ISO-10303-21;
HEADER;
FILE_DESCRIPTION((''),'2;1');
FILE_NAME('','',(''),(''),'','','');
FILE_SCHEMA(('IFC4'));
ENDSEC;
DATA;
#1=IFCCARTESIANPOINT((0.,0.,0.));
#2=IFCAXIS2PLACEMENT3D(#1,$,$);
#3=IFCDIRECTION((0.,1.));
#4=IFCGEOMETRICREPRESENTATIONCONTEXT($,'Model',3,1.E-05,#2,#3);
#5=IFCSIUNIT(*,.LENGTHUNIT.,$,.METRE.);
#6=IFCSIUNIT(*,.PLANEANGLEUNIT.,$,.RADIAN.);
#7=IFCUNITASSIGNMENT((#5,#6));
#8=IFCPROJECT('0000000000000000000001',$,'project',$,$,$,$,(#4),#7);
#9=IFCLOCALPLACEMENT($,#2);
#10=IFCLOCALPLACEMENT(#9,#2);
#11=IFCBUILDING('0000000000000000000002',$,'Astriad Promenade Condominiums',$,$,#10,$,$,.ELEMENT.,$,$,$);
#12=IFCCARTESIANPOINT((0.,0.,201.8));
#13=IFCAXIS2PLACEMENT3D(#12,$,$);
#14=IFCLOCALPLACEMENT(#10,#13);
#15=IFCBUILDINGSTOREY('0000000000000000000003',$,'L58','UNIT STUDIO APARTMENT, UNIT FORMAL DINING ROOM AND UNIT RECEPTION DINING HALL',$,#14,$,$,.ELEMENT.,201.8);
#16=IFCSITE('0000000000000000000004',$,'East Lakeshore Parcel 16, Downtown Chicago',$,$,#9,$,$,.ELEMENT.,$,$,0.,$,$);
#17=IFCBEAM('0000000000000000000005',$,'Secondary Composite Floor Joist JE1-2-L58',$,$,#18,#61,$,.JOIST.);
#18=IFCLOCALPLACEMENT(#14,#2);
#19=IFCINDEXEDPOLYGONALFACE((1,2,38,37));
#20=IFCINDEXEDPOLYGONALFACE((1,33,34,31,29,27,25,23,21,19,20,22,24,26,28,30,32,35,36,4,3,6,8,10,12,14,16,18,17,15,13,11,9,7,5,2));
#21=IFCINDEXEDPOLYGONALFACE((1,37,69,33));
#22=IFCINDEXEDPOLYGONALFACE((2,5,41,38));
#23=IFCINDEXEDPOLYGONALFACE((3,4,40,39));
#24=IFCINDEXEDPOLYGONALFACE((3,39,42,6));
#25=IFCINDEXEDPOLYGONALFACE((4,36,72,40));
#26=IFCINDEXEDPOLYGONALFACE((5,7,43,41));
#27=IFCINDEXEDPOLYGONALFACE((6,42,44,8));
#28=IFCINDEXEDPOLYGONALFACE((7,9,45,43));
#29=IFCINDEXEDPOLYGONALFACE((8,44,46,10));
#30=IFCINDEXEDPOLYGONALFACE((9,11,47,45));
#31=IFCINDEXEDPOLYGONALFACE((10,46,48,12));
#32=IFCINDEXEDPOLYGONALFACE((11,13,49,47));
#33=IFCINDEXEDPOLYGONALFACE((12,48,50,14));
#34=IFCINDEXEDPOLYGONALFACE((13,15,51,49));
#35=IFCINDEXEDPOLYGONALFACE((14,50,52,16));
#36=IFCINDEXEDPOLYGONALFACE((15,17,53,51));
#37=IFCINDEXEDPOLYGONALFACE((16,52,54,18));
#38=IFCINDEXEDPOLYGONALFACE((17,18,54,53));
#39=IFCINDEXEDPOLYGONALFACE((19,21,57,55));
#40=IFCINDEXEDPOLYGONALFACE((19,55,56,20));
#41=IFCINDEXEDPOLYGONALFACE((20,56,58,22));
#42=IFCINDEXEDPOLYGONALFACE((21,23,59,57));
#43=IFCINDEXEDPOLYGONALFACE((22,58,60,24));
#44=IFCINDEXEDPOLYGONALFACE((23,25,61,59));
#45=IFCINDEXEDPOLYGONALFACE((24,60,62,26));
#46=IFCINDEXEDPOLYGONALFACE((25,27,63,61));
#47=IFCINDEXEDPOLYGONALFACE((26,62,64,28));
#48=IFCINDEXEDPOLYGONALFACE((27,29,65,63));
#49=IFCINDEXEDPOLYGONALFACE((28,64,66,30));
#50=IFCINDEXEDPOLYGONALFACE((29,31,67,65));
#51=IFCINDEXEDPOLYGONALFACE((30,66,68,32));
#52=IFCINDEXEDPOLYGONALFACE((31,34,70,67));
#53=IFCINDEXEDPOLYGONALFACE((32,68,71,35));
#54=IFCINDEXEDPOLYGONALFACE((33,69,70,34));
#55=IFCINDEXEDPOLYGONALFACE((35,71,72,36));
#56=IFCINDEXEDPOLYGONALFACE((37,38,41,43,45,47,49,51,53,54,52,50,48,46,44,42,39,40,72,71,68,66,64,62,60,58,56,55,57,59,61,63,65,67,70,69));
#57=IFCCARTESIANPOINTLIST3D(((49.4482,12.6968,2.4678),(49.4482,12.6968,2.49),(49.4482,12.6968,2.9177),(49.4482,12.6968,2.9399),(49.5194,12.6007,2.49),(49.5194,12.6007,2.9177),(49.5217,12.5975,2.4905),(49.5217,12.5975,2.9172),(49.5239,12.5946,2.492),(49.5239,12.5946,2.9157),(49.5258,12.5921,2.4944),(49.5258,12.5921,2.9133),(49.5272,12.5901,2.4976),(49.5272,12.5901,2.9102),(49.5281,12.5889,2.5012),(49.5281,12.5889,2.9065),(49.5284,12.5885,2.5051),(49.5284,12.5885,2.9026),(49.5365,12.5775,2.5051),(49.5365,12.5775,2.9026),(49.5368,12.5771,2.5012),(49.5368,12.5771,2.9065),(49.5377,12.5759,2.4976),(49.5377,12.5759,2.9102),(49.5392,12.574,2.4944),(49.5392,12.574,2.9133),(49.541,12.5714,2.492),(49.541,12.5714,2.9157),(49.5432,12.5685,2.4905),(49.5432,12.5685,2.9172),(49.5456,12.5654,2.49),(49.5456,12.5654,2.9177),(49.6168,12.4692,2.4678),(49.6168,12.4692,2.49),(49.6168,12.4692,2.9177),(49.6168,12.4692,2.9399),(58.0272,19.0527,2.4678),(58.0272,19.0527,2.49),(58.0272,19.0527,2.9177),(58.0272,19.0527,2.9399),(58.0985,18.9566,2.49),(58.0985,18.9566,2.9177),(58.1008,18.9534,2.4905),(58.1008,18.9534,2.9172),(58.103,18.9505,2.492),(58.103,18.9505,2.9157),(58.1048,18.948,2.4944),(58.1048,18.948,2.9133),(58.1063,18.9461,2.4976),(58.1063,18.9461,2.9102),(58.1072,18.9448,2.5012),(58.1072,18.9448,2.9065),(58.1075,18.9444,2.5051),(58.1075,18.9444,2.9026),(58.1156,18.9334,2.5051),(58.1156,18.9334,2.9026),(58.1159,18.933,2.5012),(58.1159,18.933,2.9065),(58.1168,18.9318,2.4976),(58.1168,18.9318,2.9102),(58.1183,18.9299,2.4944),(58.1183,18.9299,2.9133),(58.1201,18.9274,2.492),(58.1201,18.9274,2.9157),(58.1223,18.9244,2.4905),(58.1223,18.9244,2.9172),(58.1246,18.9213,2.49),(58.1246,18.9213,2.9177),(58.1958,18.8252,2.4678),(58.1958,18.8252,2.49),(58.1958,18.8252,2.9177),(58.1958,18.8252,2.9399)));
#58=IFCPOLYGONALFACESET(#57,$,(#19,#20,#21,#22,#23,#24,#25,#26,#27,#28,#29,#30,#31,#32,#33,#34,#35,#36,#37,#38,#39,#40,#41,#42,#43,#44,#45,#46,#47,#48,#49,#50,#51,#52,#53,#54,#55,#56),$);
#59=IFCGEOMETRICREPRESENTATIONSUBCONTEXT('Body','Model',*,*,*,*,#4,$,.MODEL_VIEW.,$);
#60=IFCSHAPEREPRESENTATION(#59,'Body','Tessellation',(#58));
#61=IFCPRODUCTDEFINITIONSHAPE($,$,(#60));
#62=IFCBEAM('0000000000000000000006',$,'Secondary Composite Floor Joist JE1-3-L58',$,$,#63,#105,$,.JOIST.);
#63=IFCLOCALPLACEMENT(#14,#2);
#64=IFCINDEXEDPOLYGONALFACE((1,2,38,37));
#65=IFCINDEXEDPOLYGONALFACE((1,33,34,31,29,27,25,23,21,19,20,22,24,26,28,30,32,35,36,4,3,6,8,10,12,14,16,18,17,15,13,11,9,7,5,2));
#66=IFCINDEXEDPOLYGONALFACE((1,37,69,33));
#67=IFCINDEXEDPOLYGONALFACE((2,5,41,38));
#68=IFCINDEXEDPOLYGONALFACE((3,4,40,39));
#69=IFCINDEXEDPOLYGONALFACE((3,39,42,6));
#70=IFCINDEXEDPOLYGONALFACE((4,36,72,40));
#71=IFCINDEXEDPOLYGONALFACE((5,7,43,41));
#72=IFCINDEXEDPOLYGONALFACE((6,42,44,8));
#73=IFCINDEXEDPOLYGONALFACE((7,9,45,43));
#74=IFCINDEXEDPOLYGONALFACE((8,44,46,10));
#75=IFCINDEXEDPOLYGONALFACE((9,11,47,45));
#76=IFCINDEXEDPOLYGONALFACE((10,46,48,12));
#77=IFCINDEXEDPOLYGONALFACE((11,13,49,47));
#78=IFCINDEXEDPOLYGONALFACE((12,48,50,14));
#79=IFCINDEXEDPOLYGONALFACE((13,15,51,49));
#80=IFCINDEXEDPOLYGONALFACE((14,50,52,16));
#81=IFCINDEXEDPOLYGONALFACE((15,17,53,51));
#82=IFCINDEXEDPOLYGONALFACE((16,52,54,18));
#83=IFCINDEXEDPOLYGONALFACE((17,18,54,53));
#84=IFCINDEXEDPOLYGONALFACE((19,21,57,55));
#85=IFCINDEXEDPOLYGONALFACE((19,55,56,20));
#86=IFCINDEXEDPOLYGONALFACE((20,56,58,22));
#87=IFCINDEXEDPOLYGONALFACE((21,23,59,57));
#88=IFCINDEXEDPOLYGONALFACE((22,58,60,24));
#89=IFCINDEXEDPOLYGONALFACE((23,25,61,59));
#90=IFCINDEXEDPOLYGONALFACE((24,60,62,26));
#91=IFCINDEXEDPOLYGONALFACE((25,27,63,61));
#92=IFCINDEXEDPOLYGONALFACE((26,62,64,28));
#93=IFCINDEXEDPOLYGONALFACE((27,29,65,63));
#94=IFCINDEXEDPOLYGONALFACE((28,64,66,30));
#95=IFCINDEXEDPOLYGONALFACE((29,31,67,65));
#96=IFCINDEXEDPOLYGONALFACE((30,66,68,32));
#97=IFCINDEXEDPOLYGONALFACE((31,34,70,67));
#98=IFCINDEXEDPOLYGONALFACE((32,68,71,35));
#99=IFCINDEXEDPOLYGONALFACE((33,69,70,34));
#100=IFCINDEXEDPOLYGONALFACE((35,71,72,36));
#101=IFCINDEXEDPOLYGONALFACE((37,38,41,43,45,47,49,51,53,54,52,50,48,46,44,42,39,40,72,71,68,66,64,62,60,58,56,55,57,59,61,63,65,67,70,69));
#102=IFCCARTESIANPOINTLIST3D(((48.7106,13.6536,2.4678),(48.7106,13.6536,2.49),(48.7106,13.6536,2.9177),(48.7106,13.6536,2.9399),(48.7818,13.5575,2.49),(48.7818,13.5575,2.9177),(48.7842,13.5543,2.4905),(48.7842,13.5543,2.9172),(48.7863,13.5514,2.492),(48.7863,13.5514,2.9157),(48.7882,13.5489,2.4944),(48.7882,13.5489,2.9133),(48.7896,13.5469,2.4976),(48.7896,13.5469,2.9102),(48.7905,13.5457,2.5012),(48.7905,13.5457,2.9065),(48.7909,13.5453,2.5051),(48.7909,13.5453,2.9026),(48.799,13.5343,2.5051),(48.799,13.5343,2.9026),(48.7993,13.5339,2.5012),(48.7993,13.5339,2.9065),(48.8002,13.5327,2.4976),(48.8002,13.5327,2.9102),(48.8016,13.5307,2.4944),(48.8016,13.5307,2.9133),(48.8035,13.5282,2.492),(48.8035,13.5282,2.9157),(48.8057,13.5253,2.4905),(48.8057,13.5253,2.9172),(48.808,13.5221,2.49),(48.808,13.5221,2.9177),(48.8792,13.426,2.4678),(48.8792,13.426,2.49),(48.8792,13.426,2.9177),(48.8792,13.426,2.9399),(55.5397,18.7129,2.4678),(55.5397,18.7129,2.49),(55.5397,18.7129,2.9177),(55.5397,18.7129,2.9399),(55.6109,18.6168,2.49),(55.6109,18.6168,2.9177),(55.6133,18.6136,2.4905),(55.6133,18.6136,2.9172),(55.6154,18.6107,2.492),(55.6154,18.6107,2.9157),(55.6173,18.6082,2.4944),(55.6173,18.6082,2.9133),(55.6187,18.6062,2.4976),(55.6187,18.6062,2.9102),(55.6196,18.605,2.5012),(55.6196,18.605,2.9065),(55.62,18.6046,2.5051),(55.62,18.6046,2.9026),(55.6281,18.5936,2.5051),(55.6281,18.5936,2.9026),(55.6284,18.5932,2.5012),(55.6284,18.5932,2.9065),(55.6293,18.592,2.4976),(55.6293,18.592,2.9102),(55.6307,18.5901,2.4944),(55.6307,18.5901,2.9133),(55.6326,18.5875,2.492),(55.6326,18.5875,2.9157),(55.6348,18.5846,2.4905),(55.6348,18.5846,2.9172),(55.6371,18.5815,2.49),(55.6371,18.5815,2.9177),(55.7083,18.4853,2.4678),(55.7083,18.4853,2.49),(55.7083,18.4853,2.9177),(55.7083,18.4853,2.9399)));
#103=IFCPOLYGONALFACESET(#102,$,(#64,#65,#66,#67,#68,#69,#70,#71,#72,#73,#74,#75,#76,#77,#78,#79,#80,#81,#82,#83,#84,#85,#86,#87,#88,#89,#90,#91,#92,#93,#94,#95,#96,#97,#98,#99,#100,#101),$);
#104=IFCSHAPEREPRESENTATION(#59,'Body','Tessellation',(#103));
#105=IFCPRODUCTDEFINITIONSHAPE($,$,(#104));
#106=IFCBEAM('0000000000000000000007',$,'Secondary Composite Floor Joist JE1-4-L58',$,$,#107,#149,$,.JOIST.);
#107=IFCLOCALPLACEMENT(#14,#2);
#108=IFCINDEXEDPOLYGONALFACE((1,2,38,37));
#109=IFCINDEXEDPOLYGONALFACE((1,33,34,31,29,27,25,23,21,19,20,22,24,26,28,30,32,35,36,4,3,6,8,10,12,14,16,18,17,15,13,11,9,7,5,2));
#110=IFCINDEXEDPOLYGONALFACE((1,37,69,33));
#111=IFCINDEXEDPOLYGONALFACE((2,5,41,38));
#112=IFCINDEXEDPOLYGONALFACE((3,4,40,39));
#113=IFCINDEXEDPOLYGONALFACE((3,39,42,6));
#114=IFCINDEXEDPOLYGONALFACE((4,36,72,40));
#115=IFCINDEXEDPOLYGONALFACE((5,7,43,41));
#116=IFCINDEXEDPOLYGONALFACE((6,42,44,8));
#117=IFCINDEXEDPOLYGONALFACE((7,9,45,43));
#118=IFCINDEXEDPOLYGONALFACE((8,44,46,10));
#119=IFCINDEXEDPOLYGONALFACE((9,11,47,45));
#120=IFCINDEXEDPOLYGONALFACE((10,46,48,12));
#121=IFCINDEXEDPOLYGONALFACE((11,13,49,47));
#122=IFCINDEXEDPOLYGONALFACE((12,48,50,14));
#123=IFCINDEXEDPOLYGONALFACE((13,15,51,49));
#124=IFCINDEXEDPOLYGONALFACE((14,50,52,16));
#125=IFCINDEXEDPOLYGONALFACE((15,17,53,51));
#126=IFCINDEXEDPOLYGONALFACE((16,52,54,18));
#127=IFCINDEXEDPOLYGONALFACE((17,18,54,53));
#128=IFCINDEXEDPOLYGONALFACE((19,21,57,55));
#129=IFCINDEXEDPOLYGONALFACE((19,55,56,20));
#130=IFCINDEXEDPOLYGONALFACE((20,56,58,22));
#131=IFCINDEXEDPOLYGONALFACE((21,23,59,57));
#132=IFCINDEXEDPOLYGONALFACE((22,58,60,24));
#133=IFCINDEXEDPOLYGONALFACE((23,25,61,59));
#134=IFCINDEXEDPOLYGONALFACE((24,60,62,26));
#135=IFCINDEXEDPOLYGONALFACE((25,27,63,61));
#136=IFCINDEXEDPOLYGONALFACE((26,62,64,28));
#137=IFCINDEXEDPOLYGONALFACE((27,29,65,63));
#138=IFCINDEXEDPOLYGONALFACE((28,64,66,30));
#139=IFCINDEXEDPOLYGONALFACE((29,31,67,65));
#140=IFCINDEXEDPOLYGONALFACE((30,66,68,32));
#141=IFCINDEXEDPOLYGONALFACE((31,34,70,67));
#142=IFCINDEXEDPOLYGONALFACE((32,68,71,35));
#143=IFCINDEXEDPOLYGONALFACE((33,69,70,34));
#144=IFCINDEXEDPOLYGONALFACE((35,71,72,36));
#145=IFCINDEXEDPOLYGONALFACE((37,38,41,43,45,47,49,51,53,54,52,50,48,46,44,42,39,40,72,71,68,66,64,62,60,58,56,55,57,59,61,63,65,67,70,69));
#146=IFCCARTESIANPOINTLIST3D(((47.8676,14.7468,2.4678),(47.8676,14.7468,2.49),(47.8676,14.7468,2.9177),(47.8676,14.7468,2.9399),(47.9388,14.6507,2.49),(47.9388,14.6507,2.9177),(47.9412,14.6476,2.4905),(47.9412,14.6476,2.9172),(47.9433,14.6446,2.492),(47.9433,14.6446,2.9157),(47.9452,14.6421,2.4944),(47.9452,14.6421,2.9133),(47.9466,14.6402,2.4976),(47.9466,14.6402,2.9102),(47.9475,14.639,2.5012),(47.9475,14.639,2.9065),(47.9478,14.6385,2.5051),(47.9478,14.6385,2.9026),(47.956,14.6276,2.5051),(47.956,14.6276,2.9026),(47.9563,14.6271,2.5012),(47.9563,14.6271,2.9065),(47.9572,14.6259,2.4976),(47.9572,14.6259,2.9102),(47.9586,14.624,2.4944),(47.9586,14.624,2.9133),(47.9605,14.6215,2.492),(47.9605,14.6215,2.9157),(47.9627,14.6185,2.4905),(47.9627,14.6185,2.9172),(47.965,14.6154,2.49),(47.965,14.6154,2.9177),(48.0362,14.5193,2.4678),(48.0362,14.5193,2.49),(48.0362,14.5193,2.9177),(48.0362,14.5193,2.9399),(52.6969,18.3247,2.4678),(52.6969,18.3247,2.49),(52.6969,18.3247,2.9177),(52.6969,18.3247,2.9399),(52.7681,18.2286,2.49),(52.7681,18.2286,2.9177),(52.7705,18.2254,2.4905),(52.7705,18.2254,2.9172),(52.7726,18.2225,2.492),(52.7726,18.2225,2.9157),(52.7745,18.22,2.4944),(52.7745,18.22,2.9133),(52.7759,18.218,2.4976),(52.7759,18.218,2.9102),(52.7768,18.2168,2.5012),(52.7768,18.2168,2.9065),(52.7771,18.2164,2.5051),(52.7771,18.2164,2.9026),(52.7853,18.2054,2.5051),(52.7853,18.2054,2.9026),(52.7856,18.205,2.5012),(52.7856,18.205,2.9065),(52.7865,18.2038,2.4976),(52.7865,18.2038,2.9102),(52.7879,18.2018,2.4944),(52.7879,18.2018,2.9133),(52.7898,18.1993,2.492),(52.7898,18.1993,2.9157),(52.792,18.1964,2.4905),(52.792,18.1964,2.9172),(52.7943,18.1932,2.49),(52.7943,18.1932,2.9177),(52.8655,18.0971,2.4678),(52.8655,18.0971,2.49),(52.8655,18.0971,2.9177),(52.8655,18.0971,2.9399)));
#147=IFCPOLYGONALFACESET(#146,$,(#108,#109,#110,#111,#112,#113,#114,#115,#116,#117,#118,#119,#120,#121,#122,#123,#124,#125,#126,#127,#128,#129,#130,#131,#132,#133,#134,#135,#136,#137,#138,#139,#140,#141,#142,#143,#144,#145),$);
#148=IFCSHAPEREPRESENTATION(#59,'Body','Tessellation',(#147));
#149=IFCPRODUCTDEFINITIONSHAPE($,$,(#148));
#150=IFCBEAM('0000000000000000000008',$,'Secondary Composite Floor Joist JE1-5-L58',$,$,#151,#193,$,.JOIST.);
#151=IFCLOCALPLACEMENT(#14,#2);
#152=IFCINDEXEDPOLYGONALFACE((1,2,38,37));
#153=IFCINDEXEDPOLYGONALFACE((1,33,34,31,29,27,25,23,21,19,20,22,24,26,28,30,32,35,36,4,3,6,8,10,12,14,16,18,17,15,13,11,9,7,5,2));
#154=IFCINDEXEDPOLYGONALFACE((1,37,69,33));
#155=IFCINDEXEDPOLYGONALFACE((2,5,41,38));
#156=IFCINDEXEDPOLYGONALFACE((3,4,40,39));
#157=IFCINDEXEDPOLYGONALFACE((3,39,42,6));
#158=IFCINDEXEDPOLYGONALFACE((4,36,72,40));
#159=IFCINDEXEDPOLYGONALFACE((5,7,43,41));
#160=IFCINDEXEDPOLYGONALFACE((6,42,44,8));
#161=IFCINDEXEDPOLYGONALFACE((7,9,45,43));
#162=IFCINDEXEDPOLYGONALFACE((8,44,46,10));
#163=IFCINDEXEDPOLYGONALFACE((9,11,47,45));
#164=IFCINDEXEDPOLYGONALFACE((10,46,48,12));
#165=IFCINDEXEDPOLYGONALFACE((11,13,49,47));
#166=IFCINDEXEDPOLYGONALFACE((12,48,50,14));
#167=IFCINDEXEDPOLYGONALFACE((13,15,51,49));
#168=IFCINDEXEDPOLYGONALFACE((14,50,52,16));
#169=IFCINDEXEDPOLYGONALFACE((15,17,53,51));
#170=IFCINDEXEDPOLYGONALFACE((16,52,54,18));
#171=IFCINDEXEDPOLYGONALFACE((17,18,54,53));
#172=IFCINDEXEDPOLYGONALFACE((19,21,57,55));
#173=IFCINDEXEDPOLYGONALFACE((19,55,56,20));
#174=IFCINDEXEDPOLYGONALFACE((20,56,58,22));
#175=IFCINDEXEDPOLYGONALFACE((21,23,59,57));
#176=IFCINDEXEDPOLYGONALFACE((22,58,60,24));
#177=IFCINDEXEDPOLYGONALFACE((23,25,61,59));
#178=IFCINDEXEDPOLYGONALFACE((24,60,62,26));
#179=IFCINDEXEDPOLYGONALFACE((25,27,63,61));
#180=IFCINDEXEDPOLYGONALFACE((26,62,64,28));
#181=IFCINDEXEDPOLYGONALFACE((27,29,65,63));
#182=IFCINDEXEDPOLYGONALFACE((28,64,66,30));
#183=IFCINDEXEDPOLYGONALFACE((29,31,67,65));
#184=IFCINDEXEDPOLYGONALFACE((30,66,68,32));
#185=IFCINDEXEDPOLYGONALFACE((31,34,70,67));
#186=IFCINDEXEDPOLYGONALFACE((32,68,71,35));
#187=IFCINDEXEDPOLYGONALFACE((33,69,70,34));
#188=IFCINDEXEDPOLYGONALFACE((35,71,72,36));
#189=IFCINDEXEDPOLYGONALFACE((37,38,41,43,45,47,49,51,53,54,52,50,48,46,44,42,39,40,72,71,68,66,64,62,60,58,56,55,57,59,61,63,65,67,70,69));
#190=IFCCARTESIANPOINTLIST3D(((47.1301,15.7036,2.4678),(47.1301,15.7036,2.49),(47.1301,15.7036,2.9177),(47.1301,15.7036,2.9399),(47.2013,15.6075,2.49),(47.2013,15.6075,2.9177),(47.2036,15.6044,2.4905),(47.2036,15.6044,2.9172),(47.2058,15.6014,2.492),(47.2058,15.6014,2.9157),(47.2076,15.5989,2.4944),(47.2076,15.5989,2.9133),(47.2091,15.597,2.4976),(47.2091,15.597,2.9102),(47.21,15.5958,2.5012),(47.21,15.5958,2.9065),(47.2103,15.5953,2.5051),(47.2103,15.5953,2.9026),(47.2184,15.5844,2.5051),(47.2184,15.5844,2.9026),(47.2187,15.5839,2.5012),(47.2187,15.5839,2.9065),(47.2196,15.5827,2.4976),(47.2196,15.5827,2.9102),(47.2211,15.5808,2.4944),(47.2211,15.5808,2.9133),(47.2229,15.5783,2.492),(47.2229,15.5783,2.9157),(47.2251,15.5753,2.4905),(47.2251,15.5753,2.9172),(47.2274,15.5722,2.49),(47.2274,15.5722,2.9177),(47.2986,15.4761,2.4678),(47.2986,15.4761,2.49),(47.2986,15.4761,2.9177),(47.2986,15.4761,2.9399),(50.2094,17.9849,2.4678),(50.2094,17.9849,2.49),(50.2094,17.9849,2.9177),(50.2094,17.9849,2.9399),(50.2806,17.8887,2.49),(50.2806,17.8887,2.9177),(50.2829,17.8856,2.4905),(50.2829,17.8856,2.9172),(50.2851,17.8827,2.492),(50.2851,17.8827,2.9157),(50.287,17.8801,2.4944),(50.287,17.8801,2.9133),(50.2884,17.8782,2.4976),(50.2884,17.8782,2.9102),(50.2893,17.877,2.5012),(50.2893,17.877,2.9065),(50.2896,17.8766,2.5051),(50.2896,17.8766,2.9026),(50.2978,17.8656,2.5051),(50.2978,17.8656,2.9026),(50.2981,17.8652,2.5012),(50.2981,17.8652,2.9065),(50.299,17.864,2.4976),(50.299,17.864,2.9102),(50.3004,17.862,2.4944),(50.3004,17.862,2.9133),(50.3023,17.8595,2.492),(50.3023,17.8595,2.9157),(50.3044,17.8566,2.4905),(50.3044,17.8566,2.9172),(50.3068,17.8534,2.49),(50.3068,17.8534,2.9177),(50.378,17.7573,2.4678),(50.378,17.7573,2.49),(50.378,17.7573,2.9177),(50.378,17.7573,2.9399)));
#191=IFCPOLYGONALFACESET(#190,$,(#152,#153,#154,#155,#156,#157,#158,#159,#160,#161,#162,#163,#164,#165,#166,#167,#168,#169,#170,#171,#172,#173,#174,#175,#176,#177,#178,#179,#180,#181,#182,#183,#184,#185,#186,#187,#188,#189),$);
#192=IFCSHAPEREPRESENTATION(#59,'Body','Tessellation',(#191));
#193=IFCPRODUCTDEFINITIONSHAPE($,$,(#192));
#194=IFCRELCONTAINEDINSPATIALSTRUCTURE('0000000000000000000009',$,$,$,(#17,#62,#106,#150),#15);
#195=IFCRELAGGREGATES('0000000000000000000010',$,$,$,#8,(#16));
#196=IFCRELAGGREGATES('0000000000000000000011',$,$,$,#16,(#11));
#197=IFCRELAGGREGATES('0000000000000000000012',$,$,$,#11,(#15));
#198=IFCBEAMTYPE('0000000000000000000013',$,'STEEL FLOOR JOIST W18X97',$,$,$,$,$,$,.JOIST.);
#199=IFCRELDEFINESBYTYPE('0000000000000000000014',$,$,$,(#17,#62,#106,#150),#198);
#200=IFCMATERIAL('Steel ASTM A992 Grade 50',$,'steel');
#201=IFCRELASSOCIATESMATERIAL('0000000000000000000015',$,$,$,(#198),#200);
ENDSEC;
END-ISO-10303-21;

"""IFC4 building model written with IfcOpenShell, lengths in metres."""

from ifc_helpers import new_model, si_unit, direction, frame, origin, origin_2d, place, context, subcontext, project, spatial, i_section, extrude, source, transform, mapped, material, material_profile, profile_set, type_object, element, save


model = new_model("IFC4")

# Units and contexts
model_context = context("Model", 3, precision=1e-05, world=origin(), true_north=direction((0.0, 1.0)))
body_context = subcontext(model_context, "Body", "Model", "MODEL_VIEW")
ifc_project = project(units=[si_unit("LENGTHUNIT", "METRE"), si_unit("PLANEANGLEUNIT", "RADIAN")], contexts=[model_context])

# Site, building, storey
site_placement = place(None, origin())
site = spatial("IfcSite", under=ifc_project, at=site_placement, Name="East Lakeshore Parcel 16, Downtown Chicago", CompositionType="ELEMENT", RefElevation=0.0)
building_placement = place(site_placement, origin())
building = spatial("IfcBuilding", under=site, at=building_placement, Name="Astriad Promenade Condominiums", CompositionType="ELEMENT")
storey_placement = place(building_placement, frame((0.0, 0.0, 201.8)))
storey = spatial("IfcBuildingStorey", under=building, at=storey_placement, Name="L58", Description="UNIT STUDIO APARTMENT, UNIT FORMAL DINING ROOM AND UNIT RECEPTION DINING HALL", CompositionType="ELEMENT", Elevation=201.8)

# Beams
ifc_material_1 = material(Name="Steel ASTM A992 Grade 50", Category="steel")
ifc_material_profile_1 = material_profile(ifc_material_1, i_section(OverallWidth=0.2832, OverallDepth=0.4722, WebThickness=0.0137, FlangeThickness=0.0222, FilletRadius=0.0151, at=origin_2d()), Name="W18X97")
ifc_profile_set_1 = profile_set([ifc_material_profile_1], Name="Steel ASTM A992 Grade 50")
beam_type_1 = type_object("IfcBeamType", Name="STEEL FLOOR JOIST W18X97", PredefinedType="JOIST", material=ifc_profile_set_1)
shared_shape_1 = source(origin(), body_context, "Body", "SweptSolid", [
    extrude(i_section(OverallWidth=0.2832, OverallDepth=0.4722, WebThickness=0.0137, FlangeThickness=0.0222, FilletRadius=0.0151, at=origin_2d()), origin(), (0.0, 0.0, 1.0), 10.677),
])
beam_1_placement = place(storey_placement, frame((49.5325, 12.583, 2.7039), z_axis=(0.803509, 0.595292, 0.0), x_axis=(-0.595292, 0.803509, 0.0)))
element("IfcBeam", 1, at=beam_1_placement, inside=storey, type_object=beam_type_1, Name="Secondary Composite Floor Joist JE1-2-L58", PredefinedType="JOIST", context=body_context, shape_type="MappedRepresentation", body=[
    mapped(shared_shape_1, transform((0.0, 0.0, 0.0), scale=1.0)),
])
shared_shape_2 = source(origin(), body_context, "Body", "SweptSolid", [
    extrude(i_section(OverallWidth=0.2832, OverallDepth=0.4722, WebThickness=0.0137, FlangeThickness=0.0222, FilletRadius=0.0151, at=origin_2d()), origin(), (0.0, 0.0, 1.0), 8.499),
])
beam_2_placement = place(storey_placement, frame((48.7949, 13.5398, 2.7039), z_axis=(0.803516, 0.595283, 0.0), x_axis=(-0.595283, 0.803516, 0.0)))
element("IfcBeam", 2, at=beam_2_placement, inside=storey, type_object=beam_type_1, Name="Secondary Composite Floor Joist JE1-3-L58", PredefinedType="JOIST", context=body_context, shape_type="MappedRepresentation", body=[
    mapped(shared_shape_2, transform((0.0, 0.0, 0.0), scale=1.0)),
])
shared_shape_3 = source(origin(), body_context, "Body", "SweptSolid", [
    extrude(i_section(OverallWidth=0.2832, OverallDepth=0.4722, WebThickness=0.0137, FlangeThickness=0.0222, FilletRadius=0.0151, at=origin_2d()), origin(), (0.0, 0.0, 1.0), 6.0103),
])
beam_3_placement = place(storey_placement, frame((47.9519, 14.6331, 2.7039), z_axis=(0.80351, 0.595291, 0.0), x_axis=(-0.595291, 0.80351, 0.0)))
element("IfcBeam", 3, at=beam_3_placement, inside=storey, type_object=beam_type_1, Name="Secondary Composite Floor Joist JE1-4-L58", PredefinedType="JOIST", context=body_context, shape_type="MappedRepresentation", body=[
    mapped(shared_shape_3, transform((0.0, 0.0, 0.0), scale=1.0)),
])
shared_shape_4 = source(origin(), body_context, "Body", "SweptSolid", [
    extrude(i_section(OverallWidth=0.2832, OverallDepth=0.4722, WebThickness=0.0137, FlangeThickness=0.0222, FilletRadius=0.0151, at=origin_2d()), origin(), (0.0, 0.0, 1.0), 3.8323),
])
beam_4_placement = place(storey_placement, frame((47.2144, 15.5898, 2.7039), z_axis=(0.803526, 0.59527, 0.0), x_axis=(-0.59527, 0.803526, 0.0)))
element("IfcBeam", 4, at=beam_4_placement, inside=storey, type_object=beam_type_1, Name="Secondary Composite Floor Joist JE1-5-L58", PredefinedType="JOIST", context=body_context, shape_type="MappedRepresentation", body=[
    mapped(shared_shape_4, transform((0.0, 0.0, 0.0), scale=1.0)),
])

save(model, "model.ifc")
